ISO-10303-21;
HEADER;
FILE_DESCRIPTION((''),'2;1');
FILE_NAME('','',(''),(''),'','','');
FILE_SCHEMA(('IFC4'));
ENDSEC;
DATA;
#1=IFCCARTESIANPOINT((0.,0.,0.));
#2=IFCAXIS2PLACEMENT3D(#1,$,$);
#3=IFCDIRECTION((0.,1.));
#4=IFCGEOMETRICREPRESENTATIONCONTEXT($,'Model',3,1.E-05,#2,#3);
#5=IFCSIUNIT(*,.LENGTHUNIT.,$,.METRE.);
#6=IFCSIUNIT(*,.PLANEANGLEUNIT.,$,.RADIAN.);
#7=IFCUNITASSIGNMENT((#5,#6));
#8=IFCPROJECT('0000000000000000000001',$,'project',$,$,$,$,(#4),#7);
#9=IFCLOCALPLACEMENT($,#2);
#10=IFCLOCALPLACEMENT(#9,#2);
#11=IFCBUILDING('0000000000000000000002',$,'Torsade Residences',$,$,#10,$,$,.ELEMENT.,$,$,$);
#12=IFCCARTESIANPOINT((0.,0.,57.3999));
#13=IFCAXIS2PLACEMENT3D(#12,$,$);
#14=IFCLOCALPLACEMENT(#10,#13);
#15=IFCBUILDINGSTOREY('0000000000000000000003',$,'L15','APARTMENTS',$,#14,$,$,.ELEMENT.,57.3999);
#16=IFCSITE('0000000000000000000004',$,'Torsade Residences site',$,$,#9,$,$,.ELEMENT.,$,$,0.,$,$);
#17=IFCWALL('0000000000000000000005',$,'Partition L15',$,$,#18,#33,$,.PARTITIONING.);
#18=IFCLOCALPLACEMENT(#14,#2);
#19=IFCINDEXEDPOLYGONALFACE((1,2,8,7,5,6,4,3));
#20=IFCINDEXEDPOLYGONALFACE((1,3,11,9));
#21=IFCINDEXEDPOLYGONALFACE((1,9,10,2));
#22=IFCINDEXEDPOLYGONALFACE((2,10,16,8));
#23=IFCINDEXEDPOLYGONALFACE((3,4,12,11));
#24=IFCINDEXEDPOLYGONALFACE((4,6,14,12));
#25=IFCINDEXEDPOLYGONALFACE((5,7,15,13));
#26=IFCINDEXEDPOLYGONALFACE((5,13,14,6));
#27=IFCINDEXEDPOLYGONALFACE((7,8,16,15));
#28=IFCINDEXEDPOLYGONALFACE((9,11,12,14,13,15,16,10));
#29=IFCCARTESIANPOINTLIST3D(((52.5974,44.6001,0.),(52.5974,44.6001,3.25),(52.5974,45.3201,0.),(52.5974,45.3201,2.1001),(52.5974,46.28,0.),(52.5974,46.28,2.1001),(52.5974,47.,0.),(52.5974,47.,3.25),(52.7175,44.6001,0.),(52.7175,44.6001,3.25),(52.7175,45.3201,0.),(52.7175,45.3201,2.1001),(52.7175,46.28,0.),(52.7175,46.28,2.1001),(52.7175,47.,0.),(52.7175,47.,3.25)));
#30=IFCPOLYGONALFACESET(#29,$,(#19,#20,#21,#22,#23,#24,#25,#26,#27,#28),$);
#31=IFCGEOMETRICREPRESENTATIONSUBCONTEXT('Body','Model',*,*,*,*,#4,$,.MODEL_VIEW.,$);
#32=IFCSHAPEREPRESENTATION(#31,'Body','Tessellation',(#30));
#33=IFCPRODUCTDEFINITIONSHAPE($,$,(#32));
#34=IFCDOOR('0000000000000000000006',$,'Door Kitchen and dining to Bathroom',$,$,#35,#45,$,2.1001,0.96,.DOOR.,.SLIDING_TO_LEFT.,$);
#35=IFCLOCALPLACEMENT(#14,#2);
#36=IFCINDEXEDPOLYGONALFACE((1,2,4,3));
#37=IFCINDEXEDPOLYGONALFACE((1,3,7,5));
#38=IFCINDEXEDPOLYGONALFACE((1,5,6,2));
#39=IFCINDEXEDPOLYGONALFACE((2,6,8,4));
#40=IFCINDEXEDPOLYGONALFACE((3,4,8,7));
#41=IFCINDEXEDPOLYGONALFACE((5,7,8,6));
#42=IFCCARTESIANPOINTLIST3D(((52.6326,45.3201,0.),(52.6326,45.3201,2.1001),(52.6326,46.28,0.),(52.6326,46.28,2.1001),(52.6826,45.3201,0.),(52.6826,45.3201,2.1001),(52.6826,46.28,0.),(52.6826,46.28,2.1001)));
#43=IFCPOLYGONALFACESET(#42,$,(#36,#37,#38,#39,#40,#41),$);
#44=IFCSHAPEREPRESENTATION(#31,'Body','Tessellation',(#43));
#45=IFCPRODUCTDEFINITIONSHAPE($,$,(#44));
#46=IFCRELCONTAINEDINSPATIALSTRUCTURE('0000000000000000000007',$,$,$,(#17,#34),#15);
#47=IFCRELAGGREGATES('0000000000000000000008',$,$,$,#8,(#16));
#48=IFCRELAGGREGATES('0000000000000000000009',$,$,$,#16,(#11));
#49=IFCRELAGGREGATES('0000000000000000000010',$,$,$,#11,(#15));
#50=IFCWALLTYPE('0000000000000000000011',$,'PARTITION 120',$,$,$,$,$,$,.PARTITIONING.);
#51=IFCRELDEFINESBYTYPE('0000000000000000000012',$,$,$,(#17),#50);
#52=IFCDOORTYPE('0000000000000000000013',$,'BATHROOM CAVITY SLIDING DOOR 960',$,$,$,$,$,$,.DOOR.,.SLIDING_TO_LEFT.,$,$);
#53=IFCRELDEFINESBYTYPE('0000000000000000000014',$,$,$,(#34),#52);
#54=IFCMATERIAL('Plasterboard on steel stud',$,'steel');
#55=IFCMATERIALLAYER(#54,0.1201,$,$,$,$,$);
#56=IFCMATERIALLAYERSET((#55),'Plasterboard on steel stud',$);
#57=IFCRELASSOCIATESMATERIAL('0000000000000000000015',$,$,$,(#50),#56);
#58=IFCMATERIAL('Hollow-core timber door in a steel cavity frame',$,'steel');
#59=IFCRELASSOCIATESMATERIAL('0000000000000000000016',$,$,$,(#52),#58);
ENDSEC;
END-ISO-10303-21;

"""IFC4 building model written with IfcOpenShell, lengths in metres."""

from ifc_helpers import new_model, si_unit, direction, frame, frame_2d, origin, place, context, subcontext, project, spatial, rectangle, extrude, material, layer, layer_set, type_object, element, fill, save


model = new_model("IFC4")

# Units and contexts
model_context = context("Model", 3, precision=1e-05, world=origin(), true_north=direction((0.0, 1.0)))
body_context = subcontext(model_context, "Body", "Model", "MODEL_VIEW")
ifc_project = project(units=[si_unit("LENGTHUNIT", "METRE"), si_unit("PLANEANGLEUNIT", "RADIAN")], contexts=[model_context])

# Site, building, storey
site_placement = place(None, origin())
site = spatial("IfcSite", under=ifc_project, at=site_placement, Name="Torsade Residences site", CompositionType="ELEMENT", RefElevation=0.0)
building_placement = place(site_placement, origin())
building = spatial("IfcBuilding", under=site, at=building_placement, Name="Torsade Residences", CompositionType="ELEMENT")
storey_placement = place(building_placement, frame((0.0, 0.0, 57.3999)))
storey = spatial("IfcBuildingStorey", under=building, at=storey_placement, Name="L15", Description="APARTMENTS", CompositionType="ELEMENT", Elevation=57.3999)

# Shared definitions
ifc_material_1 = material(Name="Plasterboard on steel stud", Category="steel")
ifc_layer_1 = layer(ifc_material_1, 0.1201)
ifc_layer_set_1 = layer_set([ifc_layer_1], Name="Plasterboard on steel stud")
wall_type_1 = type_object("IfcWallType", Name="PARTITION 120", PredefinedType="PARTITIONING", material=ifc_layer_set_1)

# Shared definitions
ifc_material_2 = material(Name="Hollow-core timber door in a steel cavity frame", Category="steel")
door_type_1 = type_object("IfcDoorType", Name="BATHROOM CAVITY SLIDING DOOR 960", OperationType="SLIDING_TO_LEFT", PredefinedType="DOOR", material=ifc_material_2)

# Wall, opening, door
wall_1_placement = place(storey_placement, frame((52.6575, 44.6001, 0.0), z_axis=(0.0, 0.0, 1.0), x_axis=(0.0, 1.0, 0.0)))
wall_1 = element("IfcWall", 1, at=wall_1_placement, inside=storey, type_object=wall_type_1, Name="Partition L15", PredefinedType="PARTITIONING", context=body_context, shape_type="SweptSolid", body=[
    extrude(rectangle(XDim=2.3999, YDim=0.1201, at=frame_2d((1.2, 0.0))), origin(), (0.0, 0.0, 1.0), 3.25),
])
opening_1_placement = place(wall_1_placement, frame((0.72, 0.0, 0.0)))
opening_1 = element("IfcOpeningElement", 2, at=opening_1_placement, cuts=wall_1, PredefinedType="OPENING", context=body_context, shape_type="SweptSolid", body=[
    extrude(rectangle(XDim=0.96, YDim=2.1001, at=frame_2d((0.48, 1.05))), frame((0.0, 0.0701, 0.0), z_axis=(0.0, -1.0, 0.0), x_axis=(1.0, 0.0, 0.0)), (0.0, 0.0, 1.0), 0.1401),
])
door_1_placement = place(opening_1_placement, origin())
door_1 = element("IfcDoor", 3, at=door_1_placement, inside=storey, type_object=door_type_1, Name="Door Kitchen and dining to Bathroom", OperationType="SLIDING_TO_LEFT", OverallHeight=2.1001, OverallWidth=0.96, PredefinedType="DOOR", context=body_context, shape_type="SweptSolid", body=[
    extrude(rectangle(XDim=0.96, YDim=2.1001, at=frame_2d((0.48, 1.05))), frame((0.0, 0.0249, 0.0), z_axis=(0.0, -1.0, 0.0), x_axis=(1.0, 0.0, 0.0)), (0.0, 0.0, 1.0), 0.05),
])
fill(opening_1, door_1)

save(model, "model.ifc")
